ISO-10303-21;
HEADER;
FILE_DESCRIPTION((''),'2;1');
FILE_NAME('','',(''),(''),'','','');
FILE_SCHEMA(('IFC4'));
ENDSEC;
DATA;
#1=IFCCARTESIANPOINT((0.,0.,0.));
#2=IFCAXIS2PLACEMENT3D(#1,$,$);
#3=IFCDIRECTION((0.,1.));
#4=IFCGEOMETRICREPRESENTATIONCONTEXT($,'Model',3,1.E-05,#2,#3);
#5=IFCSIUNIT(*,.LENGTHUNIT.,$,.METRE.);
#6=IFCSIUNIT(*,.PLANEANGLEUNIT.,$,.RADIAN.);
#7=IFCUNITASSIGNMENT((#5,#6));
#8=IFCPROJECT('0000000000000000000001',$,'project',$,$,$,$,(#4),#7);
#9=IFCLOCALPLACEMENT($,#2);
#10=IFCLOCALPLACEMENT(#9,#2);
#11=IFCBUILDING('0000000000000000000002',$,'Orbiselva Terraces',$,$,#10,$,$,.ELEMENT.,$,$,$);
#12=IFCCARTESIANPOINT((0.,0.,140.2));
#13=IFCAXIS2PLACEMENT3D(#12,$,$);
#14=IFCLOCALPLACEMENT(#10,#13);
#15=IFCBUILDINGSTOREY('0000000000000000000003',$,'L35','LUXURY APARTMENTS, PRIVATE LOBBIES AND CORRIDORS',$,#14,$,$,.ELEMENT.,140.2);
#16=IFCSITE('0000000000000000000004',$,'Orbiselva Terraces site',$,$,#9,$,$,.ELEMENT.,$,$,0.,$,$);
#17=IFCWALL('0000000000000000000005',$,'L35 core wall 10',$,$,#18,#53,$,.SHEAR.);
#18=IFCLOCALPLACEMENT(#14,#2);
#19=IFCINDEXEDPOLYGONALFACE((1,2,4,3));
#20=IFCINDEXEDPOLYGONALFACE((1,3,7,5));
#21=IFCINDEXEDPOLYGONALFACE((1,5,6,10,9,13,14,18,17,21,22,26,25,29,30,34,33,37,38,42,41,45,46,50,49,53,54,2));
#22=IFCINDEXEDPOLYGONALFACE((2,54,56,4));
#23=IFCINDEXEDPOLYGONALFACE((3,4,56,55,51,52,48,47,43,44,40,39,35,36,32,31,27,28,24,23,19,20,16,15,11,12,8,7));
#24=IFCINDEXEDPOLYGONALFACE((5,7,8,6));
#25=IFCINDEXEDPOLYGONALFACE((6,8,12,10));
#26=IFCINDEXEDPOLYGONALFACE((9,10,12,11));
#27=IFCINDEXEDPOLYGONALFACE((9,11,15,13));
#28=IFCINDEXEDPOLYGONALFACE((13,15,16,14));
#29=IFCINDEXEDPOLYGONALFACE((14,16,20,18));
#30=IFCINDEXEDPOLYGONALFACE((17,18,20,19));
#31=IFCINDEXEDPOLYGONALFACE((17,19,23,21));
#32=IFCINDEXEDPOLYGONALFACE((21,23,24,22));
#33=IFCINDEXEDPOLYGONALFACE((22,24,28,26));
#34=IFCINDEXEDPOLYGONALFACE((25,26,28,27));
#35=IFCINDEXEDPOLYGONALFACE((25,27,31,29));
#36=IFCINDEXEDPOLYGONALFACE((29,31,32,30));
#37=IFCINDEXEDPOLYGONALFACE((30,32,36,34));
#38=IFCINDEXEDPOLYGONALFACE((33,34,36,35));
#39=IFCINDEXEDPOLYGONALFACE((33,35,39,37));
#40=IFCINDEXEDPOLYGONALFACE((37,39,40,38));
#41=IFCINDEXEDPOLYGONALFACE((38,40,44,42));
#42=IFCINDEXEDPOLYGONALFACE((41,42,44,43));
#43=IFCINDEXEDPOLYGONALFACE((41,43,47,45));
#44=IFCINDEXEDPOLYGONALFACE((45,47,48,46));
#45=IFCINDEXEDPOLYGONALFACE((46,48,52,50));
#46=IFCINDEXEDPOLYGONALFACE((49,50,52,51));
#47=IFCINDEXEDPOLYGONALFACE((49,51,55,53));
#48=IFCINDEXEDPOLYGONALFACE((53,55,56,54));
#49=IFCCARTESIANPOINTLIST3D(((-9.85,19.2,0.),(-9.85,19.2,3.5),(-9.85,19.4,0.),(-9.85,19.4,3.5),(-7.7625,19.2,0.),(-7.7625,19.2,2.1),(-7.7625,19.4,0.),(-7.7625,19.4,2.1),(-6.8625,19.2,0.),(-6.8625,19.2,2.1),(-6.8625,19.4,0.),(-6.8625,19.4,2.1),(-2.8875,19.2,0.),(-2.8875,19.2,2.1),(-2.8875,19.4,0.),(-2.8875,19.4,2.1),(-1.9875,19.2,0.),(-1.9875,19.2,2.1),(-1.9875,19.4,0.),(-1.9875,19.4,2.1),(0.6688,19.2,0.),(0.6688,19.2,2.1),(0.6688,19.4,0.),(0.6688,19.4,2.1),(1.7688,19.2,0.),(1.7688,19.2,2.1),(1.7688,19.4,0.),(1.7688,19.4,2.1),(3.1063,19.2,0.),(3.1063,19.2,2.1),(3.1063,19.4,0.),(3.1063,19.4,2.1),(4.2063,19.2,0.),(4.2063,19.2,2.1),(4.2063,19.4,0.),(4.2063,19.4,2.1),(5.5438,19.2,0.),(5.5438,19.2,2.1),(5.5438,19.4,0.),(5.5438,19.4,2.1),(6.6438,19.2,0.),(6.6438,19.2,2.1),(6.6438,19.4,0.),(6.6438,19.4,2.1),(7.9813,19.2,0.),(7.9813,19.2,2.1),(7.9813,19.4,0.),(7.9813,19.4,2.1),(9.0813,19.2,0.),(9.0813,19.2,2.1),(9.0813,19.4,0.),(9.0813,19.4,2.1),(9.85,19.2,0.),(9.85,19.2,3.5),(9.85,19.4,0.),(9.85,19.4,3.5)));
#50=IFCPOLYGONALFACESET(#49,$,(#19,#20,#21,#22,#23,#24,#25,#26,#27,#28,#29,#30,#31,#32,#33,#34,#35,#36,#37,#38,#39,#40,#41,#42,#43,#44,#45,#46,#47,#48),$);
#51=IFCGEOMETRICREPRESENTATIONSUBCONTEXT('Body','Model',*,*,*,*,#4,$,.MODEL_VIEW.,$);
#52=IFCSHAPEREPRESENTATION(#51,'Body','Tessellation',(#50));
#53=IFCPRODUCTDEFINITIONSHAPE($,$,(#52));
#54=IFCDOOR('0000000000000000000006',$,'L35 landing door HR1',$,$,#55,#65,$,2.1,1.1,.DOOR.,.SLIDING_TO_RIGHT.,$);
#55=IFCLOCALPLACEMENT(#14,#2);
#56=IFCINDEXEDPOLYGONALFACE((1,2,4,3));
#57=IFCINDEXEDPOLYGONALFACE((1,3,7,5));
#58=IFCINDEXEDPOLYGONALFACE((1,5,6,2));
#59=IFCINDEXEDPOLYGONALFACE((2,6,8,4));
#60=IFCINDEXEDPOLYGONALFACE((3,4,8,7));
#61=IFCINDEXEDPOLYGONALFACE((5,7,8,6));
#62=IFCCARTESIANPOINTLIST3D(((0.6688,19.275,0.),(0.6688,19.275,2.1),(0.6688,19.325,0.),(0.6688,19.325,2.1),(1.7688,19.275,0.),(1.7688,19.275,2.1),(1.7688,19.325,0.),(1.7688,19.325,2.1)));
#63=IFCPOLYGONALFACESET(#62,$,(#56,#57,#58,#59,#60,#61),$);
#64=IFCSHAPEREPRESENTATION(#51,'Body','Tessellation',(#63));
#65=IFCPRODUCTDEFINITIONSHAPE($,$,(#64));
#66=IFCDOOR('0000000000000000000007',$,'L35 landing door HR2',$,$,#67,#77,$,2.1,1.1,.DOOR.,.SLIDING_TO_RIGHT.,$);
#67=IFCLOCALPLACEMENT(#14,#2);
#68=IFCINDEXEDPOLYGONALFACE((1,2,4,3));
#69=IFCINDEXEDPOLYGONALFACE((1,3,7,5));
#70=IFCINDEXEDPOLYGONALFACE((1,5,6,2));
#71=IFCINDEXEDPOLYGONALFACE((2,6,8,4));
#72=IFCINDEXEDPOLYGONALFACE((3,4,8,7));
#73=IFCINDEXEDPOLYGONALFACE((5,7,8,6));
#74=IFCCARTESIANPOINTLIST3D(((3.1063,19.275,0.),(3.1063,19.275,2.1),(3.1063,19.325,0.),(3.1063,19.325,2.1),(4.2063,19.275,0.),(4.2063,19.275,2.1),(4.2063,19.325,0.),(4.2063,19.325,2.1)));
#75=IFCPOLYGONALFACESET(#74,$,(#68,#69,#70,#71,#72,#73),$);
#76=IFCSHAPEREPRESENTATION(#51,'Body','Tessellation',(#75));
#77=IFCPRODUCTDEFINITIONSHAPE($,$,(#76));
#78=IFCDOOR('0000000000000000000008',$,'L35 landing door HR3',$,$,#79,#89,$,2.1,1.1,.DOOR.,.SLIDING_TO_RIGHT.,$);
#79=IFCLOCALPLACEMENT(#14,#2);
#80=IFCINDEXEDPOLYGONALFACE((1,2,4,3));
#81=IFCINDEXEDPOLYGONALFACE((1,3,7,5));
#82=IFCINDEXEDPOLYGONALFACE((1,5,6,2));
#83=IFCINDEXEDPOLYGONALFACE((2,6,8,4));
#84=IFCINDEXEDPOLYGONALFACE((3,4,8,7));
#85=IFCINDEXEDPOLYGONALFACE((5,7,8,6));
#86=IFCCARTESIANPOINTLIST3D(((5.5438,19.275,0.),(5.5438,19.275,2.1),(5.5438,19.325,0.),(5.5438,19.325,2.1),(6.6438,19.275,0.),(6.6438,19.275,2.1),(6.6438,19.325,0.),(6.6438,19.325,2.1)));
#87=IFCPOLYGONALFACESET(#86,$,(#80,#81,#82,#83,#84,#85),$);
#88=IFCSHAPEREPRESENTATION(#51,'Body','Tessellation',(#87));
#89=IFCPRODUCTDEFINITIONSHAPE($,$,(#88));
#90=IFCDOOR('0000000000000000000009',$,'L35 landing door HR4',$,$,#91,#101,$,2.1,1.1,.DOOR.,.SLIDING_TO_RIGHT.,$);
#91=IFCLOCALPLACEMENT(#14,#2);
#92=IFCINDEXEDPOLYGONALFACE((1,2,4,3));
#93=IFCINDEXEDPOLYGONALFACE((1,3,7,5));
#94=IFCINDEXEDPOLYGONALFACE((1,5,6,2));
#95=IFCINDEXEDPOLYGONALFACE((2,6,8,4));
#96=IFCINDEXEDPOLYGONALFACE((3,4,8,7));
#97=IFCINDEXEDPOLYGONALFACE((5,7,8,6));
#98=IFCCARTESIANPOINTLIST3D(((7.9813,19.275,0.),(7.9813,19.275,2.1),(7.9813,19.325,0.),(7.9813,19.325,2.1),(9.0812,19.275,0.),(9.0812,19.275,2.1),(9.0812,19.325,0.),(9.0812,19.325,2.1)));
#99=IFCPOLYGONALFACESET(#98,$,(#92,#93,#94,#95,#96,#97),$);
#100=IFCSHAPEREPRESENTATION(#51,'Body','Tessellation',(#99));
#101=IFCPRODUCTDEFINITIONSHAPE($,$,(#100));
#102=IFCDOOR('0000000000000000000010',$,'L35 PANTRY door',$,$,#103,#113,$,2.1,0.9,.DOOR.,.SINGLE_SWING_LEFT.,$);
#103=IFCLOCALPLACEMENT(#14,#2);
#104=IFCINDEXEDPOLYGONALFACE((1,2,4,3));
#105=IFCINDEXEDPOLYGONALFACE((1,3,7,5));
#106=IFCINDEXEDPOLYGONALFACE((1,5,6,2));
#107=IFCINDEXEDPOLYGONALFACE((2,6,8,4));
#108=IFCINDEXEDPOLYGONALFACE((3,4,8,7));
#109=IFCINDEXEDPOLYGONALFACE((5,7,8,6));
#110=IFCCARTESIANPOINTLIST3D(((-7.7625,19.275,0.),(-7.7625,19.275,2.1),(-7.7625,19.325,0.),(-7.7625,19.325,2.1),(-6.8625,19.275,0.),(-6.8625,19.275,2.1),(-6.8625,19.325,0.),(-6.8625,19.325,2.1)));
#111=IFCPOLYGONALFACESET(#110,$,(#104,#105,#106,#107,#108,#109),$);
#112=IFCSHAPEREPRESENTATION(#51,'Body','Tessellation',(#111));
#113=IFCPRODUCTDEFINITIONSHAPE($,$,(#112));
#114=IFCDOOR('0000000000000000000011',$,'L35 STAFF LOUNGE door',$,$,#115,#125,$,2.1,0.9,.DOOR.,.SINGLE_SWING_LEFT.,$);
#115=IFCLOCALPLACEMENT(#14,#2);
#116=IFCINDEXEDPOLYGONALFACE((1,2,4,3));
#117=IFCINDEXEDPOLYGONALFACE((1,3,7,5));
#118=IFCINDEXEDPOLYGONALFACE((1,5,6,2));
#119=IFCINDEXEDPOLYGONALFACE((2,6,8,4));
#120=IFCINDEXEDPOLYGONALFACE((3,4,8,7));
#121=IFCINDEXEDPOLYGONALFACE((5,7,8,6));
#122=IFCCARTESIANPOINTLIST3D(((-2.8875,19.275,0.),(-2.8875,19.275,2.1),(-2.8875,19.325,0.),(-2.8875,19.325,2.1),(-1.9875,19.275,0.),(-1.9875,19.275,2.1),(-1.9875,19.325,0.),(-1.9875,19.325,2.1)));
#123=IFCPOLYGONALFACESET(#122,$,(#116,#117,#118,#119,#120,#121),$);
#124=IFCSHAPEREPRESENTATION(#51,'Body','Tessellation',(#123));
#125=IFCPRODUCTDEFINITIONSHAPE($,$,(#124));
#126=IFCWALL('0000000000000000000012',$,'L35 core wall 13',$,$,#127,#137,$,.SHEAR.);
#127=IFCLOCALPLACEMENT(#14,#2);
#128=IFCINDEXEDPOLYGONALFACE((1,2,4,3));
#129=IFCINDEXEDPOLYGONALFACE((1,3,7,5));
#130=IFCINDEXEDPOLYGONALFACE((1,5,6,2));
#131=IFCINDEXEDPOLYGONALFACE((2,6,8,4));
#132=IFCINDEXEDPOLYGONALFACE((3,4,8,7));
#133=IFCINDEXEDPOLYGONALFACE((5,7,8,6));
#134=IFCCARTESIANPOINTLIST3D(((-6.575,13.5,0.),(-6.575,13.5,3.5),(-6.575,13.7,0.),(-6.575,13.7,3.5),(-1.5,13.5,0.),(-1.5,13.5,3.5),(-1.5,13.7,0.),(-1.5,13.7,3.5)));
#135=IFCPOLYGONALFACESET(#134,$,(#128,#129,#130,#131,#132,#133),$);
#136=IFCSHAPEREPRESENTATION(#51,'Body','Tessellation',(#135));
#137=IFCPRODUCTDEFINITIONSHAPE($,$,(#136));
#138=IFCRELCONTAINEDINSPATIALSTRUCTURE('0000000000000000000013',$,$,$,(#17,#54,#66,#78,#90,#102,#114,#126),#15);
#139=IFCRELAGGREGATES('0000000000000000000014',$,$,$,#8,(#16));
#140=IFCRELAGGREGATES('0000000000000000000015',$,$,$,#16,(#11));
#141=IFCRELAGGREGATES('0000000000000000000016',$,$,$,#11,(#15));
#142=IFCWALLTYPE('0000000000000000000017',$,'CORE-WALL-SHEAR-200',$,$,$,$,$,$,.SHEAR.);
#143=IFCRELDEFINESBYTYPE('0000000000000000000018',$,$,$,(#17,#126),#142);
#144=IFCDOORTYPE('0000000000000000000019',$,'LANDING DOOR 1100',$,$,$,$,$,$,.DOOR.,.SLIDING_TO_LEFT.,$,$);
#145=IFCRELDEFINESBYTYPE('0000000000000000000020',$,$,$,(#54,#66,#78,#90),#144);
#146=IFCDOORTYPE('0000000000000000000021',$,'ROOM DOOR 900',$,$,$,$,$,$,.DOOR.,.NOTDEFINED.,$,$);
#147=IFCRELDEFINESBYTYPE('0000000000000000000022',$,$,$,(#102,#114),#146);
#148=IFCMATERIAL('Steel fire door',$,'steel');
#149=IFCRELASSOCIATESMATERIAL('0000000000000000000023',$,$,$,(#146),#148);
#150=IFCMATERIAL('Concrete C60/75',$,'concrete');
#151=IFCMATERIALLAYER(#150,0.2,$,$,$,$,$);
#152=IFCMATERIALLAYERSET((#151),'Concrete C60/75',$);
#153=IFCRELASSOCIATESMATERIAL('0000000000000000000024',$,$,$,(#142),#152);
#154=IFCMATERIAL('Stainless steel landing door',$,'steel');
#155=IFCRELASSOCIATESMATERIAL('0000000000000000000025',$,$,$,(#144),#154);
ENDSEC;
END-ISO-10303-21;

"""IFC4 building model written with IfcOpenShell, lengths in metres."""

from ifc_helpers import new_model, si_unit, direction, frame, frame_2d, origin, place, context, subcontext, project, spatial, rectangle, extrude, material, layer, layer_set, type_object, element, fill, save


model = new_model("IFC4")

# Units and contexts
model_context = context("Model", 3, precision=1e-05, world=origin(), true_north=direction((0.0, 1.0)))
body_context = subcontext(model_context, "Body", "Model", "MODEL_VIEW")
ifc_project = project(units=[si_unit("LENGTHUNIT", "METRE"), si_unit("PLANEANGLEUNIT", "RADIAN")], contexts=[model_context])

# Site, building, storey
site_placement = place(None, origin())
site = spatial("IfcSite", under=ifc_project, at=site_placement, Name="Orbiselva Terraces site", CompositionType="ELEMENT", RefElevation=0.0)
building_placement = place(site_placement, origin())
building = spatial("IfcBuilding", under=site, at=building_placement, Name="Orbiselva Terraces", CompositionType="ELEMENT")
storey_placement = place(building_placement, frame((0.0, 0.0, 140.2)))
storey = spatial("IfcBuildingStorey", under=building, at=storey_placement, Name="L35", Description="LUXURY APARTMENTS, PRIVATE LOBBIES AND CORRIDORS", CompositionType="ELEMENT", Elevation=140.2)

# Shared definitions
ifc_material_1 = material(Name="Steel fire door", Category="steel")
door_type_1 = type_object("IfcDoorType", Name="ROOM DOOR 900", OperationType="NOTDEFINED", PredefinedType="DOOR", material=ifc_material_1)

# Shared definitions
ifc_material_2 = material(Name="Concrete C60/75", Category="concrete")
ifc_layer_1 = layer(ifc_material_2, 0.2)
ifc_layer_set_1 = layer_set([ifc_layer_1], Name="Concrete C60/75")
wall_type_1 = type_object("IfcWallType", Name="CORE-WALL-SHEAR-200", PredefinedType="SHEAR", material=ifc_layer_set_1)

# Wall, openings, doors
wall_1_placement = place(storey_placement, frame((-9.85, 19.3, 0.0), z_axis=(0.0, 0.0, 1.0), x_axis=(1.0, 0.0, 0.0)))
wall_1 = element("IfcWall", 1, at=wall_1_placement, inside=storey, type_object=wall_type_1, Name="L35 core wall 10", PredefinedType="SHEAR", context=body_context, shape_type="SweptSolid", body=[
    extrude(rectangle(XDim=19.7, YDim=0.2, at=frame_2d((9.85, 0.0))), origin(), (0.0, 0.0, 1.0), 3.5),
])
opening_1_placement = place(wall_1_placement, frame((10.5188, 0.0, 0.0)))
opening_1 = element("IfcOpeningElement", 2, at=opening_1_placement, cuts=wall_1, PredefinedType="OPENING", context=body_context, shape_type="SweptSolid", body=[
    extrude(rectangle(XDim=1.1, YDim=2.1, at=frame_2d((0.55, 1.05))), frame((0.0, 0.11, 0.0), z_axis=(0.0, -1.0, 0.0), x_axis=(1.0, 0.0, 0.0)), (0.0, 0.0, 1.0), 0.22),
])
opening_2_placement = place(wall_1_placement, frame((12.9563, 0.0, 0.0)))
opening_2 = element("IfcOpeningElement", 3, at=opening_2_placement, cuts=wall_1, PredefinedType="OPENING", context=body_context, shape_type="SweptSolid", body=[
    extrude(rectangle(XDim=1.1, YDim=2.1, at=frame_2d((0.55, 1.05))), frame((0.0, 0.11, 0.0), z_axis=(0.0, -1.0, 0.0), x_axis=(1.0, 0.0, 0.0)), (0.0, 0.0, 1.0), 0.22),
])
opening_3_placement = place(wall_1_placement, frame((15.3938, 0.0, 0.0)))
opening_3 = element("IfcOpeningElement", 4, at=opening_3_placement, cuts=wall_1, PredefinedType="OPENING", context=body_context, shape_type="SweptSolid", body=[
    extrude(rectangle(XDim=1.1, YDim=2.1, at=frame_2d((0.55, 1.05))), frame((0.0, 0.11, 0.0), z_axis=(0.0, -1.0, 0.0), x_axis=(1.0, 0.0, 0.0)), (0.0, 0.0, 1.0), 0.22),
])
opening_4_placement = place(wall_1_placement, frame((17.8313, 0.0, 0.0)))
opening_4 = element("IfcOpeningElement", 5, at=opening_4_placement, cuts=wall_1, PredefinedType="OPENING", context=body_context, shape_type="SweptSolid", body=[
    extrude(rectangle(XDim=1.1, YDim=2.1, at=frame_2d((0.55, 1.05))), frame((0.0, 0.11, 0.0), z_axis=(0.0, -1.0, 0.0), x_axis=(1.0, 0.0, 0.0)), (0.0, 0.0, 1.0), 0.22),
])
opening_5_placement = place(wall_1_placement, frame((2.0875, 0.0, 0.0)))
opening_5 = element("IfcOpeningElement", 6, at=opening_5_placement, cuts=wall_1, PredefinedType="OPENING", context=body_context, shape_type="SweptSolid", body=[
    extrude(rectangle(XDim=0.9, YDim=2.1, at=frame_2d((0.45, 1.05))), frame((0.0, 0.11, 0.0), z_axis=(0.0, -1.0, 0.0), x_axis=(1.0, 0.0, 0.0)), (0.0, 0.0, 1.0), 0.22),
])
opening_6_placement = place(wall_1_placement, frame((6.9625, 0.0, 0.0)))
opening_6 = element("IfcOpeningElement", 7, at=opening_6_placement, cuts=wall_1, PredefinedType="OPENING", context=body_context, shape_type="SweptSolid", body=[
    extrude(rectangle(XDim=0.9, YDim=2.1, at=frame_2d((0.45, 1.05))), frame((0.0, 0.11, 0.0), z_axis=(0.0, -1.0, 0.0), x_axis=(1.0, 0.0, 0.0)), (0.0, 0.0, 1.0), 0.22),
])
ifc_material_3 = material(Name="Stainless steel landing door", Category="steel")
door_type_2 = type_object("IfcDoorType", Name="LANDING DOOR 1100", OperationType="SLIDING_TO_LEFT", PredefinedType="DOOR", material=ifc_material_3)
door_1_placement = place(opening_1_placement, origin())
door_1 = element("IfcDoor", 8, at=door_1_placement, inside=storey, type_object=door_type_2, Name="L35 landing door HR1", OperationType="SLIDING_TO_RIGHT", OverallHeight=2.1, OverallWidth=1.1, PredefinedType="DOOR", context=body_context, shape_type="SweptSolid", body=[
    extrude(rectangle(XDim=1.1, YDim=2.1, at=frame_2d((0.55, 1.05))), frame((0.0, 0.025, 0.0), z_axis=(0.0, -1.0, 0.0), x_axis=(1.0, 0.0, 0.0)), (0.0, 0.0, 1.0), 0.05),
])
fill(opening_1, door_1)
door_2_placement = place(opening_2_placement, origin())
door_2 = element("IfcDoor", 9, at=door_2_placement, inside=storey, type_object=door_type_2, Name="L35 landing door HR2", OperationType="SLIDING_TO_RIGHT", OverallHeight=2.1, OverallWidth=1.1, PredefinedType="DOOR", context=body_context, shape_type="SweptSolid", body=[
    extrude(rectangle(XDim=1.1, YDim=2.1, at=frame_2d((0.55, 1.05))), frame((0.0, 0.025, 0.0), z_axis=(0.0, -1.0, 0.0), x_axis=(1.0, 0.0, 0.0)), (0.0, 0.0, 1.0), 0.05),
])
fill(opening_2, door_2)
door_3_placement = place(opening_3_placement, origin())
door_3 = element("IfcDoor", 10, at=door_3_placement, inside=storey, type_object=door_type_2, Name="L35 landing door HR3", OperationType="SLIDING_TO_RIGHT", OverallHeight=2.1, OverallWidth=1.1, PredefinedType="DOOR", context=body_context, shape_type="SweptSolid", body=[
    extrude(rectangle(XDim=1.1, YDim=2.1, at=frame_2d((0.55, 1.05))), frame((0.0, 0.025, 0.0), z_axis=(0.0, -1.0, 0.0), x_axis=(1.0, 0.0, 0.0)), (0.0, 0.0, 1.0), 0.05),
])
fill(opening_3, door_3)
door_4_placement = place(opening_4_placement, origin())
door_4 = element("IfcDoor", 11, at=door_4_placement, inside=storey, type_object=door_type_2, Name="L35 landing door HR4", OperationType="SLIDING_TO_RIGHT", OverallHeight=2.1, OverallWidth=1.1, PredefinedType="DOOR", context=body_context, shape_type="SweptSolid", body=[
    extrude(rectangle(XDim=1.1, YDim=2.1, at=frame_2d((0.55, 1.05))), frame((0.0, 0.025, 0.0), z_axis=(0.0, -1.0, 0.0), x_axis=(1.0, 0.0, 0.0)), (0.0, 0.0, 1.0), 0.05),
])
fill(opening_4, door_4)
door_5_placement = place(opening_5_placement, origin())
door_5 = element("IfcDoor", 12, at=door_5_placement, inside=storey, type_object=door_type_1, Name="L35 PANTRY door", OperationType="SINGLE_SWING_LEFT", OverallHeight=2.1, OverallWidth=0.9, PredefinedType="DOOR", context=body_context, shape_type="SweptSolid", body=[
    extrude(rectangle(XDim=0.9, YDim=2.1, at=frame_2d((0.45, 1.05))), frame((0.0, 0.025, 0.0), z_axis=(0.0, -1.0, 0.0), x_axis=(1.0, 0.0, 0.0)), (0.0, 0.0, 1.0), 0.05),
])
fill(opening_5, door_5)
door_6_placement = place(opening_6_placement, origin())
door_6 = element("IfcDoor", 13, at=door_6_placement, inside=storey, type_object=door_type_1, Name="L35 STAFF LOUNGE door", OperationType="SINGLE_SWING_LEFT", OverallHeight=2.1, OverallWidth=0.9, PredefinedType="DOOR", context=body_context, shape_type="SweptSolid", body=[
    extrude(rectangle(XDim=0.9, YDim=2.1, at=frame_2d((0.45, 1.05))), frame((0.0, 0.025, 0.0), z_axis=(0.0, -1.0, 0.0), x_axis=(1.0, 0.0, 0.0)), (0.0, 0.0, 1.0), 0.05),
])
fill(opening_6, door_6)

# Wall
wall_2_placement = place(storey_placement, frame((-6.575, 13.6, 0.0), z_axis=(0.0, 0.0, 1.0), x_axis=(1.0, 0.0, 0.0)))
element("IfcWall", 14, at=wall_2_placement, inside=storey, type_object=wall_type_1, Name="L35 core wall 13", PredefinedType="SHEAR", context=body_context, shape_type="SweptSolid", body=[
    extrude(rectangle(XDim=5.075, YDim=0.2, at=frame_2d((2.5375, 0.0))), origin(), (0.0, 0.0, 1.0), 3.5),
])

save(model, "model.ifc")
